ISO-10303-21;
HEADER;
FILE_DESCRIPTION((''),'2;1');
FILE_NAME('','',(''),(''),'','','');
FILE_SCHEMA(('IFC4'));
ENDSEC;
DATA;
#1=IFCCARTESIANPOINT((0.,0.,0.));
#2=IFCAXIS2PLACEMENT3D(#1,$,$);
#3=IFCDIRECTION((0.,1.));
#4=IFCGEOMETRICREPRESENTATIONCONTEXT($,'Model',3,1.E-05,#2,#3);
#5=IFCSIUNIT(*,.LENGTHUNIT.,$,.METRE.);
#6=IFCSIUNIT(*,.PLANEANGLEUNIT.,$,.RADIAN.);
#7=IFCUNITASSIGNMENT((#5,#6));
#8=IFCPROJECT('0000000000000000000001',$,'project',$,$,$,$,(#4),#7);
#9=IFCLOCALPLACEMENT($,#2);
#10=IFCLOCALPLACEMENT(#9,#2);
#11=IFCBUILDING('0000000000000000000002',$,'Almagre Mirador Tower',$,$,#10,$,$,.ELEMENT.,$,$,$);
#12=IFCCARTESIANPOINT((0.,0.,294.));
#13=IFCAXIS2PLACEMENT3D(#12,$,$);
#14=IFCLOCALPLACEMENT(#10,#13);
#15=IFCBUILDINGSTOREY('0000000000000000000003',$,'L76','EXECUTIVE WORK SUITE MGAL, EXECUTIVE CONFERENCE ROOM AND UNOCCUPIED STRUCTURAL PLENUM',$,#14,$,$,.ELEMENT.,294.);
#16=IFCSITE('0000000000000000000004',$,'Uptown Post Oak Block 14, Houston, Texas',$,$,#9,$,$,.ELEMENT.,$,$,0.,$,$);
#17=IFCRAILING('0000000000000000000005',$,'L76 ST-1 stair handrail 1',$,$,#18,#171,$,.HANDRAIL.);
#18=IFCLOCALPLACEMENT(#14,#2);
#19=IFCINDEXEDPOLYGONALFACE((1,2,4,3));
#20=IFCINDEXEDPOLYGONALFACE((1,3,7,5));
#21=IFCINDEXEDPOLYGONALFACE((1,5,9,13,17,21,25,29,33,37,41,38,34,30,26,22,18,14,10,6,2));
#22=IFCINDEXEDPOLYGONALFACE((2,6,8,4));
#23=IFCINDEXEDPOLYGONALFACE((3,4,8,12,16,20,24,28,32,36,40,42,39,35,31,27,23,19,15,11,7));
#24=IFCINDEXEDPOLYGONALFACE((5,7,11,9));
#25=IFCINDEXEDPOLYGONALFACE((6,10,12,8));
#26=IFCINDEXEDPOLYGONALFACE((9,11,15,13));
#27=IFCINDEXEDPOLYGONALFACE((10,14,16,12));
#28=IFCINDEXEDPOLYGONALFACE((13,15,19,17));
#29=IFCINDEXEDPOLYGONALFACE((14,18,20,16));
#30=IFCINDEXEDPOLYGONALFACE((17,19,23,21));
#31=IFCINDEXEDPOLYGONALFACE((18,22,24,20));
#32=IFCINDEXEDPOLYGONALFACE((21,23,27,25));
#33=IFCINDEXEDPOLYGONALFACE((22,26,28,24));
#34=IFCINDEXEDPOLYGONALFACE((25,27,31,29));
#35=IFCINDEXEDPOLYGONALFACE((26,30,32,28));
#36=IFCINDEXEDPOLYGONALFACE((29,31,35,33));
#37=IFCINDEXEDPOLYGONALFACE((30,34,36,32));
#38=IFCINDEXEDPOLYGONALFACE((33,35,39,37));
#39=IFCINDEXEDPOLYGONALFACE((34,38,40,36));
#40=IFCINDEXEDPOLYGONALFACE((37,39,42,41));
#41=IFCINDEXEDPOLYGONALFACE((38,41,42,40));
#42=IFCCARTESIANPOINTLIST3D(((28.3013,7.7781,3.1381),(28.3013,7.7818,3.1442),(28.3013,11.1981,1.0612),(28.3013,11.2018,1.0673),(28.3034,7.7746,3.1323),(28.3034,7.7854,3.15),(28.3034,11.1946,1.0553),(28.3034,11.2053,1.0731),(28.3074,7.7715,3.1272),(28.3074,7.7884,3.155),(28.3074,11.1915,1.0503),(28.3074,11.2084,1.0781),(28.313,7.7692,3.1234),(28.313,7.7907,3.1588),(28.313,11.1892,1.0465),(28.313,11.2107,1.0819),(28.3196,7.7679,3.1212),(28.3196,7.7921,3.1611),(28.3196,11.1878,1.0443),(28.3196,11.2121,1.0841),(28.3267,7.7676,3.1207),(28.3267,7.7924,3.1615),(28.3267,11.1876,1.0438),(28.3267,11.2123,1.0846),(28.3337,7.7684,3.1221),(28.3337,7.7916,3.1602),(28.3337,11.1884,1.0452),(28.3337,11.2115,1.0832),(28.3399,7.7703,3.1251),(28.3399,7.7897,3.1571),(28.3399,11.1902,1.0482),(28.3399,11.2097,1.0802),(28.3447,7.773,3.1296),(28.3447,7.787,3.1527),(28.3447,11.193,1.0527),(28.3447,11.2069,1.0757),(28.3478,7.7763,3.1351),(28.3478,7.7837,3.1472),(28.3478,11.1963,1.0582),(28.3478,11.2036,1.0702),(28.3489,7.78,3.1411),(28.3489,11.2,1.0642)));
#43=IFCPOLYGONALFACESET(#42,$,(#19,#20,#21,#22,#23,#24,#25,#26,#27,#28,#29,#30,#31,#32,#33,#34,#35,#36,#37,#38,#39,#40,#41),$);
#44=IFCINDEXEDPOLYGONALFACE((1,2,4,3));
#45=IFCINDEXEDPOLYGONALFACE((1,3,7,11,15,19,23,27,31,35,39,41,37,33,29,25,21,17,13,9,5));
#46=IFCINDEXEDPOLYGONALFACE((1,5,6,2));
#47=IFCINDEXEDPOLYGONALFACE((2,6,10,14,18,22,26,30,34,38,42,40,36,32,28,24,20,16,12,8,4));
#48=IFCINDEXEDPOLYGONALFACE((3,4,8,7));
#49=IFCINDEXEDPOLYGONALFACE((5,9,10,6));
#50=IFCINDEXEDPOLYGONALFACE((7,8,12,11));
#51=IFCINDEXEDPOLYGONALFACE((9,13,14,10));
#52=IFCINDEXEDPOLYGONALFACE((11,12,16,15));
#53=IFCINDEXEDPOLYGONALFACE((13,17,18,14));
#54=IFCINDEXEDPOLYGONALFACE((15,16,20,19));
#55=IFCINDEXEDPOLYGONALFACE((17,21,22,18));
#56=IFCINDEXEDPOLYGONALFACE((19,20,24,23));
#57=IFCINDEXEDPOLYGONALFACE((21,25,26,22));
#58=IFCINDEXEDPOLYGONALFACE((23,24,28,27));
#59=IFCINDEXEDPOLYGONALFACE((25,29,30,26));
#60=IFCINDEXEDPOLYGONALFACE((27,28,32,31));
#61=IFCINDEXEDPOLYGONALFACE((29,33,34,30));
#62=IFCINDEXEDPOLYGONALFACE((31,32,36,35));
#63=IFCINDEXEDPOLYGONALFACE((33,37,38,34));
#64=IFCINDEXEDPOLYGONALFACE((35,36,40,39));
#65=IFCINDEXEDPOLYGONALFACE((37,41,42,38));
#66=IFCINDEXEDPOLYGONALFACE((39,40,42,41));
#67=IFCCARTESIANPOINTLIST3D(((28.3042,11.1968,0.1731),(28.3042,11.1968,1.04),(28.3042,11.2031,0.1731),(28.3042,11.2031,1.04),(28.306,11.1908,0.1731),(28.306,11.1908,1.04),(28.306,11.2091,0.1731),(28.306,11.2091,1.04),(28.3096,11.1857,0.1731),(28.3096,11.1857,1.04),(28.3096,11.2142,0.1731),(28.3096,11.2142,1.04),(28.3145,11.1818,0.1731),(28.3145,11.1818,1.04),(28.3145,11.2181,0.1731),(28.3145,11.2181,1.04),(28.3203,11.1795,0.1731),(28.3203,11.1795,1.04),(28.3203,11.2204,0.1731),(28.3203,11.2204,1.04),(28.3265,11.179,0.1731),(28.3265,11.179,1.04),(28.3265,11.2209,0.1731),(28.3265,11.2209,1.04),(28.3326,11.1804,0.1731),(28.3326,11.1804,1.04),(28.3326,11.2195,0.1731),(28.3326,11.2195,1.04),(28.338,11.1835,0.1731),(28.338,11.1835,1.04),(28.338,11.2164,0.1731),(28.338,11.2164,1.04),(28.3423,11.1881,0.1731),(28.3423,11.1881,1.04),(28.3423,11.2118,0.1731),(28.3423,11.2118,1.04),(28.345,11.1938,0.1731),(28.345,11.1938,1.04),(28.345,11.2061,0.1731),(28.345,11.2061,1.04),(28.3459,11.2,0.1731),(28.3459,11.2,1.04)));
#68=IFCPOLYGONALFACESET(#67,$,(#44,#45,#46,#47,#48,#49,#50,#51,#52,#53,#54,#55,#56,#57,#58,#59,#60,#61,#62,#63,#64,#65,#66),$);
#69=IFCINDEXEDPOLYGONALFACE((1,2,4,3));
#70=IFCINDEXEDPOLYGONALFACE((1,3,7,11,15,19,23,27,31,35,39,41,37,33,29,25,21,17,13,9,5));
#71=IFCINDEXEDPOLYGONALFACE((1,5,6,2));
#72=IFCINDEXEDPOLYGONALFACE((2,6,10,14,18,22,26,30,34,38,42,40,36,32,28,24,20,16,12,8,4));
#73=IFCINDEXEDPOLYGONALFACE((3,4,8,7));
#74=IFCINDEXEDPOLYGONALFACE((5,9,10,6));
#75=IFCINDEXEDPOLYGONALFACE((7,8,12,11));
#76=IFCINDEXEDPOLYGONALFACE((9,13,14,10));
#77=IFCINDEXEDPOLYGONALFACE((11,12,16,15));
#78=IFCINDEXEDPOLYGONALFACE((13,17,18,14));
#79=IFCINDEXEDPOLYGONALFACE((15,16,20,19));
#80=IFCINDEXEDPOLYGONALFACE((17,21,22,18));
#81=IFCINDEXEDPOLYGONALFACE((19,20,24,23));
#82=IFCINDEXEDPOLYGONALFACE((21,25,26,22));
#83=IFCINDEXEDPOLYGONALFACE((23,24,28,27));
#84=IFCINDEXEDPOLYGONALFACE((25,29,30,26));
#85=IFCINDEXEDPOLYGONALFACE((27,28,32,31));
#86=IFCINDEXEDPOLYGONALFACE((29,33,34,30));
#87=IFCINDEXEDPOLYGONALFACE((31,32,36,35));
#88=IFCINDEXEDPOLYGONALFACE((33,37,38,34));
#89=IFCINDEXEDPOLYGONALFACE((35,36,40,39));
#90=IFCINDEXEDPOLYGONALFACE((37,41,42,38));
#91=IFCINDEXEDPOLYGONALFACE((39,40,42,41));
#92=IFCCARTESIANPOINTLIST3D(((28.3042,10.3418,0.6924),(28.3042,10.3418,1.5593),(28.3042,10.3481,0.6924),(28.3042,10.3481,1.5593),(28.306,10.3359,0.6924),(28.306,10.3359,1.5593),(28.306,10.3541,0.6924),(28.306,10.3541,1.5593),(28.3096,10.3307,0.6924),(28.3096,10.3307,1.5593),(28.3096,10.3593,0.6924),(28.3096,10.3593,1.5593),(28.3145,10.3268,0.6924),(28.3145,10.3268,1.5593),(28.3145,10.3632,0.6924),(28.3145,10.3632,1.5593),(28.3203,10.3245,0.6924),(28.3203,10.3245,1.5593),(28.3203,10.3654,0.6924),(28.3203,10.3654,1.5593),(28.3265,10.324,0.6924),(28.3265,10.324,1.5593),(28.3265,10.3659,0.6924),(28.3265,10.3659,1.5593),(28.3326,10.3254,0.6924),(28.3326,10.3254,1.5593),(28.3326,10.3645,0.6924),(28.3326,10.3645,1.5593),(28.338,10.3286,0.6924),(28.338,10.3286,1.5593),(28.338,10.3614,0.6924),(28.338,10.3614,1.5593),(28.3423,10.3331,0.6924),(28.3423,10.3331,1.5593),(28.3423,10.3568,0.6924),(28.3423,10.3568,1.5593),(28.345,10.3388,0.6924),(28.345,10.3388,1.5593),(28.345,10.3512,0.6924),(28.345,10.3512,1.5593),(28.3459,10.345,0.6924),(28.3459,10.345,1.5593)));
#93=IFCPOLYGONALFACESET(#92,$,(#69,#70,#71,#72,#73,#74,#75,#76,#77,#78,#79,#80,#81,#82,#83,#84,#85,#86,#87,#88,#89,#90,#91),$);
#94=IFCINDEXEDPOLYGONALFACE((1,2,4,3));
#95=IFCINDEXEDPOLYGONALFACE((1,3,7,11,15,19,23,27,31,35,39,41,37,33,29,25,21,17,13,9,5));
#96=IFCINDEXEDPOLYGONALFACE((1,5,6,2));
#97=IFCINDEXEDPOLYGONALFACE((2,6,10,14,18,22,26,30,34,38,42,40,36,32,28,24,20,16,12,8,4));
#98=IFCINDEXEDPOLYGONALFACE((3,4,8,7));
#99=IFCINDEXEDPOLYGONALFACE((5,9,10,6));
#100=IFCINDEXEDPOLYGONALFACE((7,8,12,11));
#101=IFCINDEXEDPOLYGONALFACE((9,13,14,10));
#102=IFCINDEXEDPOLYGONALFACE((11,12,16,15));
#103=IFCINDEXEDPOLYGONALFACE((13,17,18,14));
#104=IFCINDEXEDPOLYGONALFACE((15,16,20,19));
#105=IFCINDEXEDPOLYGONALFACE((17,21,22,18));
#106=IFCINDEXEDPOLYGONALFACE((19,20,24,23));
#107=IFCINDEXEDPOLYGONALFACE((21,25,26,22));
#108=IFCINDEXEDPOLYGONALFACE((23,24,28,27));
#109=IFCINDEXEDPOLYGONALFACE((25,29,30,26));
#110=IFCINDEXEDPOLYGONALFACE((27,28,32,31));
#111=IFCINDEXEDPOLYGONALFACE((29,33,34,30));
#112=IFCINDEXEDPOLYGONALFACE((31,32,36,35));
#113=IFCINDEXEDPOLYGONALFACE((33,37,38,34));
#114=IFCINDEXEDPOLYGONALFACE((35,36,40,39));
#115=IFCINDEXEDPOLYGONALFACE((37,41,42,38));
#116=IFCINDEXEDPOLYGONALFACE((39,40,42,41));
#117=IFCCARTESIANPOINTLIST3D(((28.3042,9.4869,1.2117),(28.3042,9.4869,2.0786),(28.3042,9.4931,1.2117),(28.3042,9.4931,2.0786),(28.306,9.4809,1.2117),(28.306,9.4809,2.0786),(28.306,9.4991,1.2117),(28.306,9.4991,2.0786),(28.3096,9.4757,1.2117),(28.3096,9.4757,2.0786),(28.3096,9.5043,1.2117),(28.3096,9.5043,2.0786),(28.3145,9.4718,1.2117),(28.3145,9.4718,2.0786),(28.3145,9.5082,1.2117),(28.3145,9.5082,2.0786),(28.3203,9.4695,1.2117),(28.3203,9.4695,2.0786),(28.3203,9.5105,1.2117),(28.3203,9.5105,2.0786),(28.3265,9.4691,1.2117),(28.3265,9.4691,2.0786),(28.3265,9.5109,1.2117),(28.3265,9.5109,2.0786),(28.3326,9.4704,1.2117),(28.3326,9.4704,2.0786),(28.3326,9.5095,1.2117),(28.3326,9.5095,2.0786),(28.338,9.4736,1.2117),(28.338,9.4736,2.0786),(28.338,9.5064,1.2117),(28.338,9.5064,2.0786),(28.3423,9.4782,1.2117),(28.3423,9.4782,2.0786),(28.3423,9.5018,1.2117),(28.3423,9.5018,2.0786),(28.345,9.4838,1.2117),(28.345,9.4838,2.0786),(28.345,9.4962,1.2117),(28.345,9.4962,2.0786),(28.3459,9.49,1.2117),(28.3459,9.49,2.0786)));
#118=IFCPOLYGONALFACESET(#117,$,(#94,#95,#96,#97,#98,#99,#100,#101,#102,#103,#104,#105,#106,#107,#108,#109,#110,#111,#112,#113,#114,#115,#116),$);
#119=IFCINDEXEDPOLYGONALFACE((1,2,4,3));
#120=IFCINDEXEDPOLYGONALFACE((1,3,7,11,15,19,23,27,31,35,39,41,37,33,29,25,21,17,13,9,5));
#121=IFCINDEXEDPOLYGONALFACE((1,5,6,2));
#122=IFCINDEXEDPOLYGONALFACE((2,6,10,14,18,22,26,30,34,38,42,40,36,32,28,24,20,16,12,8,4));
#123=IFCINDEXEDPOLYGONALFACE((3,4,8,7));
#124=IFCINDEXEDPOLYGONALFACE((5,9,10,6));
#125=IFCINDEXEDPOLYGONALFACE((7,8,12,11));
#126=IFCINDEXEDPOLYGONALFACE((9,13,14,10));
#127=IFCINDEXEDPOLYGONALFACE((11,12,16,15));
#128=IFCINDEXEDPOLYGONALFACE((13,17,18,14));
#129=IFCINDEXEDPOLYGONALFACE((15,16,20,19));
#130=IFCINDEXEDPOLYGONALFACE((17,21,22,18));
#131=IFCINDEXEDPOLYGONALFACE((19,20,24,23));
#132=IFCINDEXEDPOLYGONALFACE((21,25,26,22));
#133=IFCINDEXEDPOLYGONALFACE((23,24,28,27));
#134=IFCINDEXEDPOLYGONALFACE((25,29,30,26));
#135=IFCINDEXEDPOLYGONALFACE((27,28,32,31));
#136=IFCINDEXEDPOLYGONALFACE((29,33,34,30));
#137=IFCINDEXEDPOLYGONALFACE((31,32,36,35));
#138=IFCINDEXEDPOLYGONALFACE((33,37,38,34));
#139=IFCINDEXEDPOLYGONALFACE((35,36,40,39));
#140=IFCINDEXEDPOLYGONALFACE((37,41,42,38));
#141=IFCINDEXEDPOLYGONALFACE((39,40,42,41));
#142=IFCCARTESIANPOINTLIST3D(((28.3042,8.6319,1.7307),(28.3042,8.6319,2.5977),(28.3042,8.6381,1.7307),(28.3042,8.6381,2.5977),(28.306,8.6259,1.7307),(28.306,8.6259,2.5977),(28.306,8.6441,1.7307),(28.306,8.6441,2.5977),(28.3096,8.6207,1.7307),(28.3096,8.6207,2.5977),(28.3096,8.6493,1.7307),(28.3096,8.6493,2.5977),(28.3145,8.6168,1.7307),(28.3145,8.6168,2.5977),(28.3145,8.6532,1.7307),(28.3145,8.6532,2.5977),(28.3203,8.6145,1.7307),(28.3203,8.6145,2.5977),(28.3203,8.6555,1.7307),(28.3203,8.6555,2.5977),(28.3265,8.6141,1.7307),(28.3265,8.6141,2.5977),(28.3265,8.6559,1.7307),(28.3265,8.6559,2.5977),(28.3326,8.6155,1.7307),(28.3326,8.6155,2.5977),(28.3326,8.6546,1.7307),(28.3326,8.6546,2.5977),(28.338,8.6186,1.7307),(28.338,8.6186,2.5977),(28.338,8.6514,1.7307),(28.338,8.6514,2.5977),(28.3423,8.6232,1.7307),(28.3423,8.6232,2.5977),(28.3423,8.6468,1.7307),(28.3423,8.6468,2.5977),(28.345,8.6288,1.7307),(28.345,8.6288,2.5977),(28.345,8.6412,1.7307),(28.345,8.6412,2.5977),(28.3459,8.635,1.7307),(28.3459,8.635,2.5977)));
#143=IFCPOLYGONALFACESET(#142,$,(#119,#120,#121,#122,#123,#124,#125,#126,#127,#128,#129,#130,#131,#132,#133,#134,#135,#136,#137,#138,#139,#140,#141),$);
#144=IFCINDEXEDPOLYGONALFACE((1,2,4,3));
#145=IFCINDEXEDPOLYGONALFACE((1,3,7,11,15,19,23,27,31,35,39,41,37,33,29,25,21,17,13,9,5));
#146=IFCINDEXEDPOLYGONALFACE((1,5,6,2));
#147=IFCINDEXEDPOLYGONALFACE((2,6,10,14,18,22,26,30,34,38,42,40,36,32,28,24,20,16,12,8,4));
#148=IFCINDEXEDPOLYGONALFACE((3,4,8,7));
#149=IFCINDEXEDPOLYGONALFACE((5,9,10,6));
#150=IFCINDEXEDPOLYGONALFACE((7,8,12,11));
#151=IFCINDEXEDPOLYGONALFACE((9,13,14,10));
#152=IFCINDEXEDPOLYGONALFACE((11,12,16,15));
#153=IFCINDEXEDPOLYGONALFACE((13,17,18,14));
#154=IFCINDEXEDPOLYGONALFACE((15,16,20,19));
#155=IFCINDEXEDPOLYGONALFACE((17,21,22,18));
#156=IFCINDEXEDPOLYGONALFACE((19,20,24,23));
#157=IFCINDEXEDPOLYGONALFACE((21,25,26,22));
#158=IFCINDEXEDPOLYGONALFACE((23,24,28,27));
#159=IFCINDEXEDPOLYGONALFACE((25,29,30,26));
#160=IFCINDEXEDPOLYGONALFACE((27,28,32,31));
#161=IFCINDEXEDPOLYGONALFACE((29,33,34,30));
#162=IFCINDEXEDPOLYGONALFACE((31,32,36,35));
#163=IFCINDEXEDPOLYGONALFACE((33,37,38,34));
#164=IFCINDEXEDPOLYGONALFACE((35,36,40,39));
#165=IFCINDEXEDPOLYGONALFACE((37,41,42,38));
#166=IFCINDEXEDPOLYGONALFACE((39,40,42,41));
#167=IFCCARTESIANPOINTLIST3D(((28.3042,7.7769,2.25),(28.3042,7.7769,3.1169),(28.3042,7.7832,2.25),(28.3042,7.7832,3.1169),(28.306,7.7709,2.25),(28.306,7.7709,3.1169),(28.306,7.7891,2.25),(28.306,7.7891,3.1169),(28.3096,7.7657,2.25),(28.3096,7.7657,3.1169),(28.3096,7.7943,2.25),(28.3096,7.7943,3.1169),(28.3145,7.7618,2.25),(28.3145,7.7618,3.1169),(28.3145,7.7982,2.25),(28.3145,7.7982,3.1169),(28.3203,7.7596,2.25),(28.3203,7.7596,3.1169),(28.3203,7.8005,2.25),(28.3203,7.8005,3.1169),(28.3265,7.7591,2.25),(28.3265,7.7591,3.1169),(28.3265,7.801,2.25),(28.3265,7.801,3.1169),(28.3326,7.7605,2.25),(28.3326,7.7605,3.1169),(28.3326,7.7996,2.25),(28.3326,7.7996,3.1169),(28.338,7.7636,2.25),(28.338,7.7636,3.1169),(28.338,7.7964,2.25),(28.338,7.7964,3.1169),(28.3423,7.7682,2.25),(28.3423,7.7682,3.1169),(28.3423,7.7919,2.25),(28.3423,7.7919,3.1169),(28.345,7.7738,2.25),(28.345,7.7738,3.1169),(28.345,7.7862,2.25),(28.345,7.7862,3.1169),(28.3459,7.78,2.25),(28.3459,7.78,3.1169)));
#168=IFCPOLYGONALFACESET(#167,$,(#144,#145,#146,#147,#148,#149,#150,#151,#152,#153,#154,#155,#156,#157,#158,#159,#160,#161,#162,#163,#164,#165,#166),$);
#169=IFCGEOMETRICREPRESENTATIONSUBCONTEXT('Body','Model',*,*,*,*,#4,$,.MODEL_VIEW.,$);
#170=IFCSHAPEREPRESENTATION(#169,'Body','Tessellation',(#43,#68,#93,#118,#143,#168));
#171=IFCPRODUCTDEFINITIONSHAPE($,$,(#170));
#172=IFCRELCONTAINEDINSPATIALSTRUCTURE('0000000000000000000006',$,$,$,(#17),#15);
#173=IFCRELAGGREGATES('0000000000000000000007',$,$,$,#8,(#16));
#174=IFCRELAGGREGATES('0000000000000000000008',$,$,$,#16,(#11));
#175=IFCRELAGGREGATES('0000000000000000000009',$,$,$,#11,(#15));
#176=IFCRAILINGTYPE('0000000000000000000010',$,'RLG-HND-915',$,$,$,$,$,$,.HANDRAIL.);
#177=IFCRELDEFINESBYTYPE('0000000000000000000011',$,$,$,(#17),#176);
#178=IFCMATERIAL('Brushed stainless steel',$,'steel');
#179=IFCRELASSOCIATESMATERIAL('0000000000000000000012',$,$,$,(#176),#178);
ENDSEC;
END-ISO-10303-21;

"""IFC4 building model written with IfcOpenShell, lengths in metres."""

from ifc_helpers import new_model, si_unit, direction, frame, origin, origin_2d, place, context, subcontext, project, spatial, circle, extrude, material, type_object, element, save


model = new_model("IFC4")

# Units and contexts
model_context = context("Model", 3, precision=1e-05, world=origin(), true_north=direction((0.0, 1.0)))
body_context = subcontext(model_context, "Body", "Model", "MODEL_VIEW")
ifc_project = project(units=[si_unit("LENGTHUNIT", "METRE"), si_unit("PLANEANGLEUNIT", "RADIAN")], contexts=[model_context])

# Site, building, storey
site_placement = place(None, origin())
site = spatial("IfcSite", under=ifc_project, at=site_placement, Name="Uptown Post Oak Block 14, Houston, Texas", CompositionType="ELEMENT", RefElevation=0.0)
building_placement = place(site_placement, origin())
building = spatial("IfcBuilding", under=site, at=building_placement, Name="Almagre Mirador Tower", CompositionType="ELEMENT")
storey_placement = place(building_placement, frame((0.0, 0.0, 294.0)))
storey = spatial("IfcBuildingStorey", under=building, at=storey_placement, Name="L76", Description="EXECUTIVE WORK SUITE MGAL, EXECUTIVE CONFERENCE ROOM AND UNOCCUPIED STRUCTURAL PLENUM", CompositionType="ELEMENT", Elevation=294.0)

# Railing
ifc_material_1 = material(Name="Brushed stainless steel", Category="steel")
railing_type_1 = type_object("IfcRailingType", Name="RLG-HND-915", PredefinedType="HANDRAIL", material=ifc_material_1)
railing_1_placement = place(storey_placement, frame((28.325, 11.2, 0.1731)))
element("IfcRailing", 1, at=railing_1_placement, inside=storey, type_object=railing_type_1, Name="L76 ST-1 stair handrail 1", PredefinedType="HANDRAIL", context=body_context, shape_type="SweptSolid", body=[
    extrude(circle(Radius=0.0239, at=origin_2d()), frame((0.0, 0.0, 0.8911), z_axis=(0.0, -0.85473, 0.519074), x_axis=(1.0, 0.0, 0.0)), (0.0, 0.0, 1.0), 4.0012),
    extrude(circle(Radius=0.021, at=origin_2d()), origin(), (0.0, 0.0, 1.0), 0.8669),
    extrude(circle(Radius=0.021, at=origin_2d()), frame((0.0, -0.855, 0.5193)), (0.0, 0.0, 1.0), 0.8669),
    extrude(circle(Radius=0.021, at=origin_2d()), frame((0.0, -1.71, 1.0386)), (0.0, 0.0, 1.0), 0.8669),
    extrude(circle(Radius=0.021, at=origin_2d()), frame((0.0, -2.5649, 1.5576)), (0.0, 0.0, 1.0), 0.8669),
    extrude(circle(Radius=0.021, at=origin_2d()), frame((0.0, -3.4199, 2.0769)), (0.0, 0.0, 1.0), 0.8669),
])

save(model, "model.ifc")
